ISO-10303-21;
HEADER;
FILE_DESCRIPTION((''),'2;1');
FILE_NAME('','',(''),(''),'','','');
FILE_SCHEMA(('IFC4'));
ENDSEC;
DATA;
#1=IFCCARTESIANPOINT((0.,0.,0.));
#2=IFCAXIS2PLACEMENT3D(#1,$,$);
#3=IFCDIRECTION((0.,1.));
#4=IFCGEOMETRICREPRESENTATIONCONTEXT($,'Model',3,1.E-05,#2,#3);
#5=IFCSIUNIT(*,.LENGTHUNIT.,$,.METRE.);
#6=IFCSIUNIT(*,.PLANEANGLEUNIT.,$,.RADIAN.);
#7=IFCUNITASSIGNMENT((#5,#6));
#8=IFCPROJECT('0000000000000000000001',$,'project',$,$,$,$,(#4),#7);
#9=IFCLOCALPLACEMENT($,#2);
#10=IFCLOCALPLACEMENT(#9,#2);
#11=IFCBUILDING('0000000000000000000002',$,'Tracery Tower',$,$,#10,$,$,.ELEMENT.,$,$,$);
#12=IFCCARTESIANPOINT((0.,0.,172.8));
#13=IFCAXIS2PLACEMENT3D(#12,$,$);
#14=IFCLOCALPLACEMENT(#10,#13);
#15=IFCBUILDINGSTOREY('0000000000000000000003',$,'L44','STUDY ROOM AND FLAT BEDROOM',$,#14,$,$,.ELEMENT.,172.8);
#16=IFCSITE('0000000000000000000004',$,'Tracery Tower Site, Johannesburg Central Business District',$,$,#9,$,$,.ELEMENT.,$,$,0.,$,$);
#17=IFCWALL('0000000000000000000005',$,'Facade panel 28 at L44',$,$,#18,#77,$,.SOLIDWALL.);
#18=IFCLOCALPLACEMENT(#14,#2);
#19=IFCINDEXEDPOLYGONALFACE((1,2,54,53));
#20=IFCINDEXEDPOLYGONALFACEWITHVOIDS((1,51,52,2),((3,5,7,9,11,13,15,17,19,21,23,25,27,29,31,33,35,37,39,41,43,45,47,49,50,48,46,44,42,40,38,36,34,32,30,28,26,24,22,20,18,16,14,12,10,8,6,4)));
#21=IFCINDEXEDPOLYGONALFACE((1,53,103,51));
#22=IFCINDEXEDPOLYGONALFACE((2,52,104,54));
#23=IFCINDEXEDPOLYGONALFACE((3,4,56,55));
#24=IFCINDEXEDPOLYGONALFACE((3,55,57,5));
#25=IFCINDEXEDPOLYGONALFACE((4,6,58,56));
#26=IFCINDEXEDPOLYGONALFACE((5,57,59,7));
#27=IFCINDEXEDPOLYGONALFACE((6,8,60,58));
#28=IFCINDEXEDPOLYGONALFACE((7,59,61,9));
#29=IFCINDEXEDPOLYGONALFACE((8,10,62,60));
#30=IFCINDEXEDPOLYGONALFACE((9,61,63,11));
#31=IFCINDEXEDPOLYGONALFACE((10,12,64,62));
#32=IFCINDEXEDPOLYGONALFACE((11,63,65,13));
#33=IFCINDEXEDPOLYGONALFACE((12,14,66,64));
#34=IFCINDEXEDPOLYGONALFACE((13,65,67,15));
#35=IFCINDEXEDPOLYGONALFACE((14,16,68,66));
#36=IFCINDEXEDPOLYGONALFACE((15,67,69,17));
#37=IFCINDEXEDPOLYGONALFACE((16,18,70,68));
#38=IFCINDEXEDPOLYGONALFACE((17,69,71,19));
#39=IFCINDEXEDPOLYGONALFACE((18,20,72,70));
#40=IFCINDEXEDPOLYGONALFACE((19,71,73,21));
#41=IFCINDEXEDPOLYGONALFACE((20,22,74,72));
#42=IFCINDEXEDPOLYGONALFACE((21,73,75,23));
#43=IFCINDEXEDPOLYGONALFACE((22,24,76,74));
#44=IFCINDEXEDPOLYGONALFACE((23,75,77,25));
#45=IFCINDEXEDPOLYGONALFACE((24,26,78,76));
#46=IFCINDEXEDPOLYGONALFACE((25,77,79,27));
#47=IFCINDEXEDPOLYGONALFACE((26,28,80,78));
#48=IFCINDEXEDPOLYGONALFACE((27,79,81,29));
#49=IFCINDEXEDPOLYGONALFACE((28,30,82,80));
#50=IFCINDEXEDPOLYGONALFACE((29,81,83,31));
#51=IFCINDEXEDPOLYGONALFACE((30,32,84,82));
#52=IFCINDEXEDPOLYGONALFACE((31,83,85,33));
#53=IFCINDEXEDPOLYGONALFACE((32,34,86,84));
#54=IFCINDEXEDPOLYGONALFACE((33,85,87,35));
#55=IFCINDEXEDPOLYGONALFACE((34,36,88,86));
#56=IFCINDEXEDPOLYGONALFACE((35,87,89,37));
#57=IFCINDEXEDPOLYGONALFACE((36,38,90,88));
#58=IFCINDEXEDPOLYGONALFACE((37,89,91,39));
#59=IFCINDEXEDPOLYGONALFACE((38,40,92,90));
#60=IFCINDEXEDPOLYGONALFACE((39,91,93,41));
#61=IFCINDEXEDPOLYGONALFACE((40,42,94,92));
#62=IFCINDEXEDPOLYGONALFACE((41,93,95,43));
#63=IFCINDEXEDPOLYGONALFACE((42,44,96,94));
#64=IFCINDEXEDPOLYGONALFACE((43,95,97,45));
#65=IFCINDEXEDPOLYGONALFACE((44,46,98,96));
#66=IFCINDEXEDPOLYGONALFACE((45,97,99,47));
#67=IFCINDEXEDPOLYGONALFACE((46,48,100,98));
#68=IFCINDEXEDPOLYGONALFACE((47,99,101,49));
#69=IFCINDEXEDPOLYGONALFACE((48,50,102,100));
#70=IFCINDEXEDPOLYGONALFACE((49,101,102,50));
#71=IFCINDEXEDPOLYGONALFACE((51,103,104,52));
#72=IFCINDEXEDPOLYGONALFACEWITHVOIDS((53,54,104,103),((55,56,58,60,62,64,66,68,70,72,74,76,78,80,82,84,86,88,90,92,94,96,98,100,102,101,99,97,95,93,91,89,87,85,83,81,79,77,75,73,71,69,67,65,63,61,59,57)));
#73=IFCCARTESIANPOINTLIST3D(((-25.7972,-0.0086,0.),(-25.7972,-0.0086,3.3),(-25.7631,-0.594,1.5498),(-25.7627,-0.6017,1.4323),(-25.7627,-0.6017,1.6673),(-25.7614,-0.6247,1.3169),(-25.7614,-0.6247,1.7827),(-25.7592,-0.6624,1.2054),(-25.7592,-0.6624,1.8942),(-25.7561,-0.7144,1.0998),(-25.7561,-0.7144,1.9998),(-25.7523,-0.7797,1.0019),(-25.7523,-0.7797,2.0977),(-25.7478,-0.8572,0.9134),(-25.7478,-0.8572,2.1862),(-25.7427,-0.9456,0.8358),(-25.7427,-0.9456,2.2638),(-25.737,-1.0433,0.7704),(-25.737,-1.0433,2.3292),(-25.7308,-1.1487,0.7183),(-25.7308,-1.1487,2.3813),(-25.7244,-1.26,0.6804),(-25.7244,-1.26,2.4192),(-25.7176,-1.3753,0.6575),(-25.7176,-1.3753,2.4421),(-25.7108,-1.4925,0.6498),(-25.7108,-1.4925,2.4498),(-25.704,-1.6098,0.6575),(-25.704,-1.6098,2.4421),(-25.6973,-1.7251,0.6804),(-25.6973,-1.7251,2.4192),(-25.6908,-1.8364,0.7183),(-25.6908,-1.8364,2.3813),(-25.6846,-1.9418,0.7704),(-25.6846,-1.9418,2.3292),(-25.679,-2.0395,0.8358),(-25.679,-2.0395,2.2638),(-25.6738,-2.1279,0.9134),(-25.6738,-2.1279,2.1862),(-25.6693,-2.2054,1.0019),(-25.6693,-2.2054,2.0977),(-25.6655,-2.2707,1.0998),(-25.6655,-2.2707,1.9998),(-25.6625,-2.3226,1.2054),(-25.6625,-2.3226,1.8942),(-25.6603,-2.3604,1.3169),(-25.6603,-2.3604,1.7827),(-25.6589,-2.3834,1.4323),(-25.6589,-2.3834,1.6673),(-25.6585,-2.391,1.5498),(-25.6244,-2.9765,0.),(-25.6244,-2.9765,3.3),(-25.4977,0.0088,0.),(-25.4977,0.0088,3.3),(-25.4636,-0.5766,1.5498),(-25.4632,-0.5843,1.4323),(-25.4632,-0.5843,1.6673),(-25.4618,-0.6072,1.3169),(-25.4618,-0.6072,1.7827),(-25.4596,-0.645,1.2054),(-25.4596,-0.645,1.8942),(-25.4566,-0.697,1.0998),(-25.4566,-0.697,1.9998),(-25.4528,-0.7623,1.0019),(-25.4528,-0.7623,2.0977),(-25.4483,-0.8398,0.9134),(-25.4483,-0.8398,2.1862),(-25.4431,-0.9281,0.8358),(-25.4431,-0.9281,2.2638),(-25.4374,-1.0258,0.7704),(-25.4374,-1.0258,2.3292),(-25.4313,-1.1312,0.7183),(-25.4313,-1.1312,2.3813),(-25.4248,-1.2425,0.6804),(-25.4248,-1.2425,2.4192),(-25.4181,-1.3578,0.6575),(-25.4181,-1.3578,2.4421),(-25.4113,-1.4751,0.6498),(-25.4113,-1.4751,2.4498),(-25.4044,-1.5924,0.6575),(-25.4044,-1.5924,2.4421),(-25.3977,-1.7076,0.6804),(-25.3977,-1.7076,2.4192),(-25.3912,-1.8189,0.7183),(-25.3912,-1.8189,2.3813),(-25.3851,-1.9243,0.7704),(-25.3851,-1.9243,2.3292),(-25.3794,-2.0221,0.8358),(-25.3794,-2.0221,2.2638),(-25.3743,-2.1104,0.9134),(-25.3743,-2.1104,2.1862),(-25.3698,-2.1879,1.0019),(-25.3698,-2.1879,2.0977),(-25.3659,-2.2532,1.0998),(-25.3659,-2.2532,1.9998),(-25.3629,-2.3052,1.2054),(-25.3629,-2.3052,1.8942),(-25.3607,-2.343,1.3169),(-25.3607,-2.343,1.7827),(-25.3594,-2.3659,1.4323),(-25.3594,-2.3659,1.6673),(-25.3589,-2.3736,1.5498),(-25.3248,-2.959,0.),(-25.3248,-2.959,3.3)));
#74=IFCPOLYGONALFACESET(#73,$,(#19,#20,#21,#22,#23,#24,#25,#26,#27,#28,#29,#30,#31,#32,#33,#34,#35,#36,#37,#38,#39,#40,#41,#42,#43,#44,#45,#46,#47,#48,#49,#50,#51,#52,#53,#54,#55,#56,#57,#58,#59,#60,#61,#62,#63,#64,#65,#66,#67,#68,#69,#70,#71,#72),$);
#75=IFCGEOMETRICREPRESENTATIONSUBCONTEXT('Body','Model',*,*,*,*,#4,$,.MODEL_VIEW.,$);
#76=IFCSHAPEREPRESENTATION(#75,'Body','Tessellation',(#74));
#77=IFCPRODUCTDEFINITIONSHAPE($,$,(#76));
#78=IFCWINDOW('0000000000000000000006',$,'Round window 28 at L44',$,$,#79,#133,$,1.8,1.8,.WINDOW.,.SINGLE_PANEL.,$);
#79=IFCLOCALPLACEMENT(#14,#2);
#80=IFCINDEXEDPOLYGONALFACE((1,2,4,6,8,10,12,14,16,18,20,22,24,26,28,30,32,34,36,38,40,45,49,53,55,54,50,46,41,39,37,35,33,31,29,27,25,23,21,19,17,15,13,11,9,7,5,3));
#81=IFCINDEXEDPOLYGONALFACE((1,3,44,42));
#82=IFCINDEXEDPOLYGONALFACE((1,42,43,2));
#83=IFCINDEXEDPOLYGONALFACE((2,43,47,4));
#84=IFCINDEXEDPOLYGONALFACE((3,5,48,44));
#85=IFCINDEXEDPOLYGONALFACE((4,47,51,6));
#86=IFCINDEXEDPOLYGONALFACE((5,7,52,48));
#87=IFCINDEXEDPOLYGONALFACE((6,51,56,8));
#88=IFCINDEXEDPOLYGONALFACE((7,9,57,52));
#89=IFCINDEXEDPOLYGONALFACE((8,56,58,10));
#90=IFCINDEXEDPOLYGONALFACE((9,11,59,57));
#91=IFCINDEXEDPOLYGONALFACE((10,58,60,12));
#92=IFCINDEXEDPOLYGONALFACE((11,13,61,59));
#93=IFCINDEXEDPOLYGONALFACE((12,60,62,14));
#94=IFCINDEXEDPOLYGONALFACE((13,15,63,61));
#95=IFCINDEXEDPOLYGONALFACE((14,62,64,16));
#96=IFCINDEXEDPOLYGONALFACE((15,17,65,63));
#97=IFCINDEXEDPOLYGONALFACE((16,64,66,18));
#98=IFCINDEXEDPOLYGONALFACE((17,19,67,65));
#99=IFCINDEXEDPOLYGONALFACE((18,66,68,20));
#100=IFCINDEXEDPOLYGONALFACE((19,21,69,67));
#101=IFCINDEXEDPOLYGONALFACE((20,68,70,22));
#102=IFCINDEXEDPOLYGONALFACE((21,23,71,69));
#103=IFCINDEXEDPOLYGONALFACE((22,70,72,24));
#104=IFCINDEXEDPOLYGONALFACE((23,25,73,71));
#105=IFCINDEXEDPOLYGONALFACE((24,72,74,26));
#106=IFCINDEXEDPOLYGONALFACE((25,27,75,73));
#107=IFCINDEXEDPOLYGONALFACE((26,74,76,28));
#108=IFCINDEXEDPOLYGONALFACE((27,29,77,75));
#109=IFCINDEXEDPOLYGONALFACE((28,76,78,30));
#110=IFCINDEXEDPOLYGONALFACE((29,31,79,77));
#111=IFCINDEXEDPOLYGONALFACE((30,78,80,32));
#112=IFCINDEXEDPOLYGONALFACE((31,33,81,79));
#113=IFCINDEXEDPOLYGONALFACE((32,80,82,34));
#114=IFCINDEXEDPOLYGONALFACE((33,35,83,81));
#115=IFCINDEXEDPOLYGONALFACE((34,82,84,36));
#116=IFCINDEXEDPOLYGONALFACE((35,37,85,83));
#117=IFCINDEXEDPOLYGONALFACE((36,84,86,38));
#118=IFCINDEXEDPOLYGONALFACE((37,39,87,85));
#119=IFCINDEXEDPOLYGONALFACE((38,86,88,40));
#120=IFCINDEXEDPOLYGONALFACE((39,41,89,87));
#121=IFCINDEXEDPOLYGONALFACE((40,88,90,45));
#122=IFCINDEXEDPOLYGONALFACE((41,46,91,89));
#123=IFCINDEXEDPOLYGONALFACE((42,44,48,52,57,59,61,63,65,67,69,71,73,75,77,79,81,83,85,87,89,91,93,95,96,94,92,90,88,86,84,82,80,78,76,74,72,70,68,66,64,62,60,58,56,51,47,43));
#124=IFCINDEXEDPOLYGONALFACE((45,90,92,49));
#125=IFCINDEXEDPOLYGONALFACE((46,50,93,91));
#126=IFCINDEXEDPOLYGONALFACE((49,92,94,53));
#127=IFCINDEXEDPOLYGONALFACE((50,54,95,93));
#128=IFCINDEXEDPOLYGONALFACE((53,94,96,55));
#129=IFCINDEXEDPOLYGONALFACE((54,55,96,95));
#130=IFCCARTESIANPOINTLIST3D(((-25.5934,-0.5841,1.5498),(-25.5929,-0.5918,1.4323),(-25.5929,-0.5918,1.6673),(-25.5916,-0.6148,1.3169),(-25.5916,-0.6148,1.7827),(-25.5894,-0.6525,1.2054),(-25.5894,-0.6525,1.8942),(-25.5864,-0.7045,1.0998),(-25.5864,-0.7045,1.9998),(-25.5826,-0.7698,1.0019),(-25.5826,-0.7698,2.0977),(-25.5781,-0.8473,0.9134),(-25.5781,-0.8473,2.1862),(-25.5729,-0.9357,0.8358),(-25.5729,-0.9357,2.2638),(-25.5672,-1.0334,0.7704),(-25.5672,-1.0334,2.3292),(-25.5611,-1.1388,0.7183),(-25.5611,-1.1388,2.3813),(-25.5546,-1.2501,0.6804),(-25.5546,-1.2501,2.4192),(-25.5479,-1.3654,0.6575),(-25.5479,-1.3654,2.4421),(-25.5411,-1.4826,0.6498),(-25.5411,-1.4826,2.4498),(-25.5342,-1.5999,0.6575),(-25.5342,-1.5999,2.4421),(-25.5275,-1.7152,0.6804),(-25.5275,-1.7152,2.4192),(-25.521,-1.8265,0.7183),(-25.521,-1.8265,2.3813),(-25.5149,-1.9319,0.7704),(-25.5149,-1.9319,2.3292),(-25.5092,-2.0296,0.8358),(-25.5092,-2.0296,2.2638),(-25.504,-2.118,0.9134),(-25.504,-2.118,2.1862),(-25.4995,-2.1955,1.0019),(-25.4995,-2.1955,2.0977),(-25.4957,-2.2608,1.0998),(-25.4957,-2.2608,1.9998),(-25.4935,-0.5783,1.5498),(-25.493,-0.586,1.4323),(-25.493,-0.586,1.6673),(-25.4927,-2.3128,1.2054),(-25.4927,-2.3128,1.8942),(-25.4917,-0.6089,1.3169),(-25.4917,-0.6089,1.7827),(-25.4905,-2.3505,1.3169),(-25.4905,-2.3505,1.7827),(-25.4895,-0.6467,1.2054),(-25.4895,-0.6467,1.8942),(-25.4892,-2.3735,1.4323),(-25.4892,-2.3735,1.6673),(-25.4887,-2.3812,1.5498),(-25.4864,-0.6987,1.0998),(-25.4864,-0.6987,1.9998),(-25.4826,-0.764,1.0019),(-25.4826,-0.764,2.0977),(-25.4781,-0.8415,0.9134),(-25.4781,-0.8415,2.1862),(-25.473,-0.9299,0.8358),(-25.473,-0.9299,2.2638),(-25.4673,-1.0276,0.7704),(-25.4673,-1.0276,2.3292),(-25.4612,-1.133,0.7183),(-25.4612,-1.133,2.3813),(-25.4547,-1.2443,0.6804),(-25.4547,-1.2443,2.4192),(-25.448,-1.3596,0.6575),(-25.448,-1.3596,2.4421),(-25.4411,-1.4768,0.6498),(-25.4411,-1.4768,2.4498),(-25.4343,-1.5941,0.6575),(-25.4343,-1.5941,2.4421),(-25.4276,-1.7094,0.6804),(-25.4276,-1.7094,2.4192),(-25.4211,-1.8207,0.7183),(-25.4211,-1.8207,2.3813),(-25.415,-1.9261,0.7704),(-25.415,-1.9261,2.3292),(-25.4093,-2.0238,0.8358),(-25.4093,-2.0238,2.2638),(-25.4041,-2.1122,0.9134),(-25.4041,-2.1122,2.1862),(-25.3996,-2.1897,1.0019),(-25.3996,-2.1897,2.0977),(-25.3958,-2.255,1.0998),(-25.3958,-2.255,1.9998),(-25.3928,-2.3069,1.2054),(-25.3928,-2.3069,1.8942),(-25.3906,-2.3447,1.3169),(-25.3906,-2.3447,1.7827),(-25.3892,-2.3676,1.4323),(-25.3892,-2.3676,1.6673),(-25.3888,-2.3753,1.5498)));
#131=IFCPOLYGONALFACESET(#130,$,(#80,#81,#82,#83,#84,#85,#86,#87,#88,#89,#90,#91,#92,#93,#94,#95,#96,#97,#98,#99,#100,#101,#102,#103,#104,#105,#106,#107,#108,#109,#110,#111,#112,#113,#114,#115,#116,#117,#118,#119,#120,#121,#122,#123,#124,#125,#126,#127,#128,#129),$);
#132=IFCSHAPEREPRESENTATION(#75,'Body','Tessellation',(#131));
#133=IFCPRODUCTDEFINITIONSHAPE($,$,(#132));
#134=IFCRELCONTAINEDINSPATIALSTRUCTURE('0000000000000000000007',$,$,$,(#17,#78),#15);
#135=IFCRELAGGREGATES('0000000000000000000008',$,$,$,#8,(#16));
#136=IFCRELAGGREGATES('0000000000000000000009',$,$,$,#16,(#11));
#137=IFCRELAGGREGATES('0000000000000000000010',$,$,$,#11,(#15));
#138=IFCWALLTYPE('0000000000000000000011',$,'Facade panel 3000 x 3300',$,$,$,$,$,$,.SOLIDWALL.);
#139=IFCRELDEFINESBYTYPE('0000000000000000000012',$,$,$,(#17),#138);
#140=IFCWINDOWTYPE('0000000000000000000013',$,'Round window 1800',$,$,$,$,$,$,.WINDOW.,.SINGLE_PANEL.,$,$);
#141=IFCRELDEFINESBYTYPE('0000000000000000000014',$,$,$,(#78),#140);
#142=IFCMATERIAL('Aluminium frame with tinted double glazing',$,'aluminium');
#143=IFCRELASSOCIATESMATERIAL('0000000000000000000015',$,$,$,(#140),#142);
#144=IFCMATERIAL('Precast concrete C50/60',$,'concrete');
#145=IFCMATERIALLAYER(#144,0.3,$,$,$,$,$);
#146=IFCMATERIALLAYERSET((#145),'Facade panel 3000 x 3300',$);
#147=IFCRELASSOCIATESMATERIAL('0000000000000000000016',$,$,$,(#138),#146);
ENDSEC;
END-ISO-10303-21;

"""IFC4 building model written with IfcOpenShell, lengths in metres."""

from ifc_helpers import new_model, si_unit, direction, frame, frame_2d, origin, origin_2d, place, context, subcontext, project, spatial, rectangle, circle, extrude, material, layer, layer_set, type_object, element, fill, save


model = new_model("IFC4")

# Units and contexts
model_context = context("Model", 3, precision=1e-05, world=origin(), true_north=direction((0.0, 1.0)))
body_context = subcontext(model_context, "Body", "Model", "MODEL_VIEW")
ifc_project = project(units=[si_unit("LENGTHUNIT", "METRE"), si_unit("PLANEANGLEUNIT", "RADIAN")], contexts=[model_context])

# Site, building, storey
site_placement = place(None, origin())
site = spatial("IfcSite", under=ifc_project, at=site_placement, Name="Tracery Tower Site, Johannesburg Central Business District", CompositionType="ELEMENT", RefElevation=0.0)
building_placement = place(site_placement, origin())
building = spatial("IfcBuilding", under=site, at=building_placement, Name="Tracery Tower", CompositionType="ELEMENT")
storey_placement = place(building_placement, frame((0.0, 0.0, 172.8)))
storey = spatial("IfcBuildingStorey", under=building, at=storey_placement, Name="L44", Description="STUDY ROOM AND FLAT BEDROOM", CompositionType="ELEMENT", Elevation=172.8)

# Wall, opening, window
ifc_material_1 = material(Name="Aluminium frame with tinted double glazing", Category="aluminium")
window_type = type_object("IfcWindowType", Name="Round window 1800", PartitioningType="SINGLE_PANEL", PredefinedType="WINDOW", material=ifc_material_1)
ifc_material_2 = material(Name="Precast concrete C50/60", Category="concrete")
ifc_layer_1 = layer(ifc_material_2, 0.3)
ifc_layer_set_1 = layer_set([ifc_layer_1], Name="Facade panel 3000 x 3300")
wall_type_1 = type_object("IfcWallType", Name="Facade panel 3000 x 3300", PredefinedType="SOLIDWALL", material=ifc_layer_set_1)
wall_1_placement = place(storey_placement, frame((-25.6475, 0.0, 0.0), z_axis=(0.0, 0.0, 1.0), x_axis=(0.058144, -0.998308, 0.0)))
wall_1 = element("IfcWall", 1, at=wall_1_placement, inside=storey, type_object=wall_type_1, Name="Facade panel 28 at L44", PredefinedType="SOLIDWALL", context=body_context, shape_type="SweptSolid", body=[
    extrude(rectangle(XDim=2.9729, YDim=0.3, at=frame_2d((1.4863, 0.0))), origin(), (0.0, 0.0, 1.0), 3.3),
])
opening_1_placement = place(wall_1_placement, frame((1.4863, 0.0, 1.5498)))
opening_1 = element("IfcOpeningElement", 2, at=opening_1_placement, cuts=wall_1, PredefinedType="OPENING", context=body_context, shape_type="SweptSolid", body=[
    extrude(circle(Radius=0.9, at=origin_2d()), frame((0.0, 0.1599, 0.0), z_axis=(0.0, -1.0, 0.0), x_axis=(1.0, 0.0, 0.0)), (0.0, 0.0, 1.0), 0.3201),
])
window_1_placement = place(opening_1_placement, origin())
window_1 = element("IfcWindow", 3, at=window_1_placement, inside=storey, type_object=window_type, Name="Round window 28 at L44", OverallHeight=1.8, OverallWidth=1.8, PartitioningType="SINGLE_PANEL", PredefinedType="WINDOW", context=body_context, shape_type="SweptSolid", body=[
    extrude(circle(Radius=0.9, at=origin_2d()), frame((0.0, 0.1201, 0.0), z_axis=(0.0, -1.0, 0.0), x_axis=(1.0, 0.0, 0.0)), (0.0, 0.0, 1.0), 0.1001),
])
fill(opening_1, window_1)

save(model, "model.ifc")
